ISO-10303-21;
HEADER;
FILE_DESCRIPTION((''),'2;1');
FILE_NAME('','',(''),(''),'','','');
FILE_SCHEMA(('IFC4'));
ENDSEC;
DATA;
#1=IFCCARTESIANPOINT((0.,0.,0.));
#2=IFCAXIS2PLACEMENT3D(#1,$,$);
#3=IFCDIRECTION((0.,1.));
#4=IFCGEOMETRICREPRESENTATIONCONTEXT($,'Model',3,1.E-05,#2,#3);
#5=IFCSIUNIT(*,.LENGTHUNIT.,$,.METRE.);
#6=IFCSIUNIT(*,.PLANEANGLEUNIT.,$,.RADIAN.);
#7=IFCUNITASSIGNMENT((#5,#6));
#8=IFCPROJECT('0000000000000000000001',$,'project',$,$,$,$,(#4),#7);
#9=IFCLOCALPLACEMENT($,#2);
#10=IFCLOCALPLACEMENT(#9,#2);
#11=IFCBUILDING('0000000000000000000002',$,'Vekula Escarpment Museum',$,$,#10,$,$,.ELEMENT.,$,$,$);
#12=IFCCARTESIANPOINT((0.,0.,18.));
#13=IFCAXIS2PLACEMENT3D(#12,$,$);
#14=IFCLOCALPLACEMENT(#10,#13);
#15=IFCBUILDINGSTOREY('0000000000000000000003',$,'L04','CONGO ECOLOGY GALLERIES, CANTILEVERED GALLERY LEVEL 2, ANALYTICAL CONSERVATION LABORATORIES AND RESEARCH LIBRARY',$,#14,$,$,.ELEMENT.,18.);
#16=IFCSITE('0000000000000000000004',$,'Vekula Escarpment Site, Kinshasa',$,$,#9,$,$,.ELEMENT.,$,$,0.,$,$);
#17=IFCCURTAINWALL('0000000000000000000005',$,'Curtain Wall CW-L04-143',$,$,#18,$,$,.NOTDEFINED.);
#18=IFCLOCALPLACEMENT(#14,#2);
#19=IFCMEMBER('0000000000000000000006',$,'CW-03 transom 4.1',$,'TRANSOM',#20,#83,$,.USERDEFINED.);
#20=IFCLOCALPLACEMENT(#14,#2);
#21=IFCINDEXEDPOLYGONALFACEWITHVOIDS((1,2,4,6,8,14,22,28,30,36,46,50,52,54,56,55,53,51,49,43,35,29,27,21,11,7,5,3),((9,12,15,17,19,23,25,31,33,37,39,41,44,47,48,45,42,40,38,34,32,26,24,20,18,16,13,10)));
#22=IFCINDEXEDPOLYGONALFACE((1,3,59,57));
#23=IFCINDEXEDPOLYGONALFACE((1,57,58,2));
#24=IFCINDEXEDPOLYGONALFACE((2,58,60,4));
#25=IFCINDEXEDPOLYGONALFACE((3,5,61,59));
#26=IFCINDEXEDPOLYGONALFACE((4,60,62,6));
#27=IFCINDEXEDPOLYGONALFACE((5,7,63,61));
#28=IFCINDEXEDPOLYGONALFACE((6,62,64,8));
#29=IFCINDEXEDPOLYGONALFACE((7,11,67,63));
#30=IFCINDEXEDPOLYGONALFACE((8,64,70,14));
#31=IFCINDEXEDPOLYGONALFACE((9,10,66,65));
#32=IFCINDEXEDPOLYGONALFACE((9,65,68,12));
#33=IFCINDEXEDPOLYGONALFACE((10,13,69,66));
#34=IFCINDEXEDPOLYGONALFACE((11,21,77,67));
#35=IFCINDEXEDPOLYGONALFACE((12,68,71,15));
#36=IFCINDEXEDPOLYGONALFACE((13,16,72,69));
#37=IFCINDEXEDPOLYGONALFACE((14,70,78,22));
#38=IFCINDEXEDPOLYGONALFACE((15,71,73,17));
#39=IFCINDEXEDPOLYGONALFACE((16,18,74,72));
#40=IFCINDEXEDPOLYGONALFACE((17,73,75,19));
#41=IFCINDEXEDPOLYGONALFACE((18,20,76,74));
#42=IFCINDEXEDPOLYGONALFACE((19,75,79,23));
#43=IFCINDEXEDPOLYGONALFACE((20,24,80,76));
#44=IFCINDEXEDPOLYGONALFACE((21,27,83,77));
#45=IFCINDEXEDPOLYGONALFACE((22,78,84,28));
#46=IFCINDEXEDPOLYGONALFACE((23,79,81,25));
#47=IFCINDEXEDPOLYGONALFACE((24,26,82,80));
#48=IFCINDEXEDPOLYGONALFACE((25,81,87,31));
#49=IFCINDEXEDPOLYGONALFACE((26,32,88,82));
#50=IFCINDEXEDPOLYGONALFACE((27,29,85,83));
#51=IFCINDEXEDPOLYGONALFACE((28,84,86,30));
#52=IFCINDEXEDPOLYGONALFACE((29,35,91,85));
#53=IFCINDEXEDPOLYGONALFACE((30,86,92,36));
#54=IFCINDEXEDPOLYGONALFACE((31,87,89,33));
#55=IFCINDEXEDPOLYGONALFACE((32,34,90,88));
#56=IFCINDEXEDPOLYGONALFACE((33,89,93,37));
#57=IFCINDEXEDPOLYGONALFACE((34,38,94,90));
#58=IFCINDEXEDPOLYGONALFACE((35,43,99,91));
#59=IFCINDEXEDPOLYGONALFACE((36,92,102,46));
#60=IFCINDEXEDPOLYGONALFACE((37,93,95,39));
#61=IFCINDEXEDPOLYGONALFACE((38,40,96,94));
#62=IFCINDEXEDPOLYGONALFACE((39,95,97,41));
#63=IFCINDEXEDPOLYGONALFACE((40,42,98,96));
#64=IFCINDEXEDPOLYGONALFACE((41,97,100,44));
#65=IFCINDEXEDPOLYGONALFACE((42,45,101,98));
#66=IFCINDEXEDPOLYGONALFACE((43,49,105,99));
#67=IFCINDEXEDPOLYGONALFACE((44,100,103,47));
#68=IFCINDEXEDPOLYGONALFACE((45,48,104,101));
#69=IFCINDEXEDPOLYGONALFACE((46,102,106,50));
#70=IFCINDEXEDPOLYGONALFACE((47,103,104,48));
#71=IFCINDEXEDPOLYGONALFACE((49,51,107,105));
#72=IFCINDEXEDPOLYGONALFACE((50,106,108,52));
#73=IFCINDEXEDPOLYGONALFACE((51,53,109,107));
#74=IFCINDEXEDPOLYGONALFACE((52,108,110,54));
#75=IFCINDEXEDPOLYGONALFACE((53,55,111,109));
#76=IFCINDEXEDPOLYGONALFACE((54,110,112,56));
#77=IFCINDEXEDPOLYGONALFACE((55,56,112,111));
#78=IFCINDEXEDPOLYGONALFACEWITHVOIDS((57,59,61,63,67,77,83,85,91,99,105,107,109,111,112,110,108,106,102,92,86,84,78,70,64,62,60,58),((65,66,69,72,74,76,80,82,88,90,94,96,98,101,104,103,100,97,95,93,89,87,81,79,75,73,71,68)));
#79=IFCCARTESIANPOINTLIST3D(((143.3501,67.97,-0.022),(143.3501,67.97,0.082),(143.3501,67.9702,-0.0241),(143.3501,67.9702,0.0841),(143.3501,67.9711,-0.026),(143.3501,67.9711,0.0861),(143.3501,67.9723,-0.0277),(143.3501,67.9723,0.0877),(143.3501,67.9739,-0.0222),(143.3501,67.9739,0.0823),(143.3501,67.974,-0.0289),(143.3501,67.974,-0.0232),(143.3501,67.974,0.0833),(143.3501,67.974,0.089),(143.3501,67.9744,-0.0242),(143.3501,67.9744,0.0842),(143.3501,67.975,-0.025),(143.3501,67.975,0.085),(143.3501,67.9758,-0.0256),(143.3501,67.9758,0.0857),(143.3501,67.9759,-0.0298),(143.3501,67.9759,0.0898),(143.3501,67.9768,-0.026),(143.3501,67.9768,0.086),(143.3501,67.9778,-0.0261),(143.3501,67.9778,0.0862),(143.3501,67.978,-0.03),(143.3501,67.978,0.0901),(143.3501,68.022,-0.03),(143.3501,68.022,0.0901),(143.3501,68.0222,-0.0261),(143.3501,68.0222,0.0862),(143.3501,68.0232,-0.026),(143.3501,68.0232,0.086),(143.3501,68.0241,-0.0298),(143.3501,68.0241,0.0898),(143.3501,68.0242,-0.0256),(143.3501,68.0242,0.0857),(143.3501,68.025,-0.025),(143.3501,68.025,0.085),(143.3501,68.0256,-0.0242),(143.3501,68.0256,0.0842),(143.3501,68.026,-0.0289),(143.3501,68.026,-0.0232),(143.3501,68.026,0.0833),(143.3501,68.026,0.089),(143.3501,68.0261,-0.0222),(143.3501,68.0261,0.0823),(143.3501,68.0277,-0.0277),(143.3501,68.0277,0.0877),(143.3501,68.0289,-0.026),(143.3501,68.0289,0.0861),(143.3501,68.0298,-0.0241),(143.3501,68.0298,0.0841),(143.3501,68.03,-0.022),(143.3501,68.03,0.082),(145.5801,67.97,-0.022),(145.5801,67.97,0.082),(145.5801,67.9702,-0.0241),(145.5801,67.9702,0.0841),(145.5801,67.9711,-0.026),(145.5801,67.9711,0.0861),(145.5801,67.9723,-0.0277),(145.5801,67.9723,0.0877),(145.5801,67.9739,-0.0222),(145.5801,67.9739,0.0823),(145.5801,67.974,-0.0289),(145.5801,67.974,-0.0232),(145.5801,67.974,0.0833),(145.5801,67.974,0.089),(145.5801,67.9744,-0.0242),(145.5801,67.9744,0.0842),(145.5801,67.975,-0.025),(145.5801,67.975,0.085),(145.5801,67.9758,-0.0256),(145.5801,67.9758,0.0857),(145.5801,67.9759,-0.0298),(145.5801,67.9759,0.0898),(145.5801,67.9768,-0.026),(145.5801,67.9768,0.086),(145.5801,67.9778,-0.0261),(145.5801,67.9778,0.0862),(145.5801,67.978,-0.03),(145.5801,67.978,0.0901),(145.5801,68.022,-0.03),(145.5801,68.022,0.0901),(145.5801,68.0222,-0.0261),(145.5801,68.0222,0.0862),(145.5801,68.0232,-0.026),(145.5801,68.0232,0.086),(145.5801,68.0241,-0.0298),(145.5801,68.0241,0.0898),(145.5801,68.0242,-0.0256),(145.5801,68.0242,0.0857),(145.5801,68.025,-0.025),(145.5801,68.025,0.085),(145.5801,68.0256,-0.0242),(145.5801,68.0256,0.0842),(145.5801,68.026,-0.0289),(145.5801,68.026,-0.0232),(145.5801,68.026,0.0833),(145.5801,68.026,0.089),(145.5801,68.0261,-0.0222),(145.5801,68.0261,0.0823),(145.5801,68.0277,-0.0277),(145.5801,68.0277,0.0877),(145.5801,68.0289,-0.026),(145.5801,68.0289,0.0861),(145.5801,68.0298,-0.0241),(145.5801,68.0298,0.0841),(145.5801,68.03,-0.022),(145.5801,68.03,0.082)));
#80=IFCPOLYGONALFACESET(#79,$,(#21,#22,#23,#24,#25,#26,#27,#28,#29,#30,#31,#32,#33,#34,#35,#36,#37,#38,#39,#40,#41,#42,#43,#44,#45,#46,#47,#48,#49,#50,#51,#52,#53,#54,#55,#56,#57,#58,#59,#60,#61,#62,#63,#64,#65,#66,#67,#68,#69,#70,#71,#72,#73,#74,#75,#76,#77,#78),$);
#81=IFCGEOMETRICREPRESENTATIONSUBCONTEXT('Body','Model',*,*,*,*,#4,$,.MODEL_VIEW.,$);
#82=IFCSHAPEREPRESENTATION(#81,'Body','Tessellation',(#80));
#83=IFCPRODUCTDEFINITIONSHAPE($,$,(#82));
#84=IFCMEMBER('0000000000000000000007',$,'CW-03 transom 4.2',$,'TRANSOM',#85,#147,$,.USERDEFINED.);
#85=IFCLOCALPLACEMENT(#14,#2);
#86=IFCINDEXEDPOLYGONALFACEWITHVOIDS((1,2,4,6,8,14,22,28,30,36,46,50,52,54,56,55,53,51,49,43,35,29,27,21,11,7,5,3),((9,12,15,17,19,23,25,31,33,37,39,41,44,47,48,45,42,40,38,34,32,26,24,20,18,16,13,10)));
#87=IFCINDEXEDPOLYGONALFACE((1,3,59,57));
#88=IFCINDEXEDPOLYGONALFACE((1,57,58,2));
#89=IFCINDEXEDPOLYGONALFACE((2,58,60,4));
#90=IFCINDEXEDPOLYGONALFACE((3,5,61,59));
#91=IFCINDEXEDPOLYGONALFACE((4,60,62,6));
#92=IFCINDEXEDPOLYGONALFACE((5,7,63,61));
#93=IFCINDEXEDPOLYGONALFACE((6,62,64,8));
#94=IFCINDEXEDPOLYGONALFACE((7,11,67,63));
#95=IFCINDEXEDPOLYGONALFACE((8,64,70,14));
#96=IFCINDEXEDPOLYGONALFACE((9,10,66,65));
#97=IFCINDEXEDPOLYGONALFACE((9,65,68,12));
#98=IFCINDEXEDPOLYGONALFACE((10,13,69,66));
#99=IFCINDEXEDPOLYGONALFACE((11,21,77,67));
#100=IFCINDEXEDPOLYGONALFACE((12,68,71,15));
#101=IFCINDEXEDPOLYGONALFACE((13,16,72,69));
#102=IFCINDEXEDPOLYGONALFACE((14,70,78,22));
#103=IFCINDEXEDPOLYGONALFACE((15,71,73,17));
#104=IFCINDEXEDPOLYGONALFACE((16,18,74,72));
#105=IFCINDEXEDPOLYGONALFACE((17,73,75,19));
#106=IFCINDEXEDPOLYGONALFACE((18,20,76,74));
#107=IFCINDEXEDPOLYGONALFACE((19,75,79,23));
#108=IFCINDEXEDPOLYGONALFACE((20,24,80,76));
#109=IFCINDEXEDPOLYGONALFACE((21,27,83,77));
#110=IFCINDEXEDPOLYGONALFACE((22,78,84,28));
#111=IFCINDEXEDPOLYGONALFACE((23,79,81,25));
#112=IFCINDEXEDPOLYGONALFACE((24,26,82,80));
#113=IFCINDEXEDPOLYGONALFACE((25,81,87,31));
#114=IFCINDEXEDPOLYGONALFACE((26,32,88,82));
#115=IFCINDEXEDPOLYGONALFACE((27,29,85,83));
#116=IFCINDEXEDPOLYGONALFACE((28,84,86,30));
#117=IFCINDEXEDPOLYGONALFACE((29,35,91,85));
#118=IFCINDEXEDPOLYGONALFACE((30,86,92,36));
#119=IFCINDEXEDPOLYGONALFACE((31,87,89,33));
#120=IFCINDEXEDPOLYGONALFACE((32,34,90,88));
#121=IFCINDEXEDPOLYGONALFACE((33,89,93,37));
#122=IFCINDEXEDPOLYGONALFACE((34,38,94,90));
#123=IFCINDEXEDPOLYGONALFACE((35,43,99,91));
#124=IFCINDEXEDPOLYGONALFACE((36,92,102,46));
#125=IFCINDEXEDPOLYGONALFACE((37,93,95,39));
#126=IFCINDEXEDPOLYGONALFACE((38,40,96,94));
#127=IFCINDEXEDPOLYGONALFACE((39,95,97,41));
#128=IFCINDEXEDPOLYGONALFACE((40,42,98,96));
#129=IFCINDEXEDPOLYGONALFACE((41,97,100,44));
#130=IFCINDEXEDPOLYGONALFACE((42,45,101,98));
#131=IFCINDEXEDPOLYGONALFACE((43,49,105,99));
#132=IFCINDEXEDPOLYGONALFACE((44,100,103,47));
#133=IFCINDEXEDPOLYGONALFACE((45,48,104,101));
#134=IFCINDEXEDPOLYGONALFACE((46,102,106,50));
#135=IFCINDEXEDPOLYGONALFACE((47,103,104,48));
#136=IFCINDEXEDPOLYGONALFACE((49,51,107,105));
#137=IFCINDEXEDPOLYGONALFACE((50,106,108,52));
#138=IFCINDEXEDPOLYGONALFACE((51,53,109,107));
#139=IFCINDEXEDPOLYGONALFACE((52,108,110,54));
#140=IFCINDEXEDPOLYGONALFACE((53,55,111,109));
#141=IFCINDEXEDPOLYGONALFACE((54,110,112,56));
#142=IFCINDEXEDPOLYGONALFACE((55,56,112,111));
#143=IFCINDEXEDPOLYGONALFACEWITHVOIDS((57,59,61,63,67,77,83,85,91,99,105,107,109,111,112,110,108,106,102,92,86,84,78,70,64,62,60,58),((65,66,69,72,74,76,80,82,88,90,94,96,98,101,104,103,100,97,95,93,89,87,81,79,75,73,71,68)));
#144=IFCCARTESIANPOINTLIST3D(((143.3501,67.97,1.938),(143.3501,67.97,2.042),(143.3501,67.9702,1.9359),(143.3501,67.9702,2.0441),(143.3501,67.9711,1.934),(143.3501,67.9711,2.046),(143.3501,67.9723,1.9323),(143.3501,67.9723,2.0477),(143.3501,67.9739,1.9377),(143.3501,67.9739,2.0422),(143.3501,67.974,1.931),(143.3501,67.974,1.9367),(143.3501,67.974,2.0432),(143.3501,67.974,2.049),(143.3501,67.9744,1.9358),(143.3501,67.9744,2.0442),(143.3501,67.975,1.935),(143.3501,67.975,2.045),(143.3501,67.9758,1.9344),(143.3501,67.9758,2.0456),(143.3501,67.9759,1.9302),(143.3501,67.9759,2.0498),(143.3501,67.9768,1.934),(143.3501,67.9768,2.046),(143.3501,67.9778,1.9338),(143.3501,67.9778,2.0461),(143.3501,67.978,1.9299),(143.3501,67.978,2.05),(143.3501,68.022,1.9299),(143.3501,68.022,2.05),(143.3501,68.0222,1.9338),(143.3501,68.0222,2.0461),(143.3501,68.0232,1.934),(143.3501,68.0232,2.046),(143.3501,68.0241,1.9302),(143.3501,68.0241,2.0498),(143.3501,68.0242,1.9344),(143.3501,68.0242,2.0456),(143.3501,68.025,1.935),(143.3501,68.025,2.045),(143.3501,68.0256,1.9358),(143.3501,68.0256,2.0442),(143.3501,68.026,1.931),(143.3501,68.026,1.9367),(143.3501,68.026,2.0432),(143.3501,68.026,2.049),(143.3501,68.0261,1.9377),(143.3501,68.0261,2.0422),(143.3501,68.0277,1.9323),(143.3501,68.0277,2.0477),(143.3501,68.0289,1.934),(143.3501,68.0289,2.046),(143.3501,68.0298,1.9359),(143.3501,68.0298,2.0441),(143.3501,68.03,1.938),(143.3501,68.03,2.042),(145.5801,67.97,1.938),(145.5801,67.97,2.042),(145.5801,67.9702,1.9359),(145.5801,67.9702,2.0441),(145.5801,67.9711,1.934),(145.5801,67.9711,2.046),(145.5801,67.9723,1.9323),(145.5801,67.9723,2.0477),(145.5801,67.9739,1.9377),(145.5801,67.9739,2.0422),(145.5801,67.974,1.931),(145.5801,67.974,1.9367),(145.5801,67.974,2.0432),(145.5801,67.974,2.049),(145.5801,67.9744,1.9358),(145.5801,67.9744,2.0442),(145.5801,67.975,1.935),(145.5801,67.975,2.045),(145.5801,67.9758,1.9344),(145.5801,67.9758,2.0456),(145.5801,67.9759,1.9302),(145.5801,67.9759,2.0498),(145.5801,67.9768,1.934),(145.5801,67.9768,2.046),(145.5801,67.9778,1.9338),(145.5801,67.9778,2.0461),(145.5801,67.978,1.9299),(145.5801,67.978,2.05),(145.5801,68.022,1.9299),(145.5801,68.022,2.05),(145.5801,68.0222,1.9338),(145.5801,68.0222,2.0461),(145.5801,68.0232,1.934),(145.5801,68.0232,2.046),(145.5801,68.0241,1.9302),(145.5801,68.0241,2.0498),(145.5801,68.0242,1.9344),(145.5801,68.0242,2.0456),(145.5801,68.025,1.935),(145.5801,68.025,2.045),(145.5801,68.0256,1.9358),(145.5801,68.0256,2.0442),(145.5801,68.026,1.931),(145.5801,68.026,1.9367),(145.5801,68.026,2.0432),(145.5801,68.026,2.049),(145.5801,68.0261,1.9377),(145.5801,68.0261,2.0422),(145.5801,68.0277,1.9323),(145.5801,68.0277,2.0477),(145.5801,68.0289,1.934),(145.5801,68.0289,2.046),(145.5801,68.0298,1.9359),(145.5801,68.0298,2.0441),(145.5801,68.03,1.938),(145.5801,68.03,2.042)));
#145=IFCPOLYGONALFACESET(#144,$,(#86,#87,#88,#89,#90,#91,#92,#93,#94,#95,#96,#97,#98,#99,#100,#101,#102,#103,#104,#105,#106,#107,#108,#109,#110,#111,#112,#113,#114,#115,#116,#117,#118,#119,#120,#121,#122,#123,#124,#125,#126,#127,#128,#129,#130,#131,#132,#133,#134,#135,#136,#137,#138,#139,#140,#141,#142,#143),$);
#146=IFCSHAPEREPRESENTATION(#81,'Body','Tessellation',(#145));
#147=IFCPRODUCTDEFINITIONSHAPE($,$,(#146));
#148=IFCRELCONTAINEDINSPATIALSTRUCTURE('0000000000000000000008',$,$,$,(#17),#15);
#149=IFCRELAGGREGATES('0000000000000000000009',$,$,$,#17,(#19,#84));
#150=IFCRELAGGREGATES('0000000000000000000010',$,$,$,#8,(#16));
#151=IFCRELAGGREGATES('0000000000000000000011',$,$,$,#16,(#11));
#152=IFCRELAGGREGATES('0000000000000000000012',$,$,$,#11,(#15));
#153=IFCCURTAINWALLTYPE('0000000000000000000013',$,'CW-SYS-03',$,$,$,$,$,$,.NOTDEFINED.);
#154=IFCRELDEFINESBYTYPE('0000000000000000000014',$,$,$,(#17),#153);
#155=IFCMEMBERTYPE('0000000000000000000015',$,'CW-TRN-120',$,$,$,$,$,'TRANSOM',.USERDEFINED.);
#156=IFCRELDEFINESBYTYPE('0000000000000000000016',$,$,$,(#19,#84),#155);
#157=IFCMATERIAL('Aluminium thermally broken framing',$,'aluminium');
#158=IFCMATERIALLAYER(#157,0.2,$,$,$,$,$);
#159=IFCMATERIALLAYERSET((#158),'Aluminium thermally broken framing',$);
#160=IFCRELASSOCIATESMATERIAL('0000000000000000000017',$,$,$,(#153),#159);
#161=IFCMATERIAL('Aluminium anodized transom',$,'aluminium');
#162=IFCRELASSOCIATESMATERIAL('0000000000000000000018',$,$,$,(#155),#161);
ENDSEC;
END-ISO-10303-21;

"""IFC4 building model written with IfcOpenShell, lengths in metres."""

from ifc_helpers import new_model, si_unit, direction, frame, origin, origin_2d, place, context, subcontext, project, spatial, hollow_rectangle, extrude, material, layer, layer_set, material_profile, profile_set, type_object, element, aggregate, save


model = new_model("IFC4")

# Units and contexts
model_context = context("Model", 3, precision=1e-05, world=origin(), true_north=direction((0.0, 1.0)))
body_context = subcontext(model_context, "Body", "Model", "MODEL_VIEW")
ifc_project = project(units=[si_unit("LENGTHUNIT", "METRE"), si_unit("PLANEANGLEUNIT", "RADIAN")], contexts=[model_context])

# Site, building, storey
site_placement = place(None, origin())
site = spatial("IfcSite", under=ifc_project, at=site_placement, Name="Vekula Escarpment Site, Kinshasa", CompositionType="ELEMENT", RefElevation=0.0)
building_placement = place(site_placement, origin())
building = spatial("IfcBuilding", under=site, at=building_placement, Name="Vekula Escarpment Museum", CompositionType="ELEMENT")
storey_placement = place(building_placement, frame((0.0, 0.0, 18.0)))
storey = spatial("IfcBuildingStorey", under=building, at=storey_placement, Name="L04", Description="CONGO ECOLOGY GALLERIES, CANTILEVERED GALLERY LEVEL 2, ANALYTICAL CONSERVATION LABORATORIES AND RESEARCH LIBRARY", CompositionType="ELEMENT", Elevation=18.0)

# Curtain wall, members
ifc_material_1 = material(Name="Aluminium thermally broken framing", Category="aluminium")
ifc_layer_1 = layer(ifc_material_1, 0.2)
ifc_layer_set_1 = layer_set([ifc_layer_1], Name="Aluminium thermally broken framing")
curtain_wall_type = type_object("IfcCurtainWallType", Name="CW-SYS-03", PredefinedType="NOTDEFINED", material=ifc_layer_set_1)
curtain_wall_placement = place(storey_placement, origin())
curtain_wall = element("IfcCurtainWall", 1, at=curtain_wall_placement, inside=storey, type_object=curtain_wall_type, Name="Curtain Wall CW-L04-143", PredefinedType="NOTDEFINED")
ifc_material_2 = material(Name="Aluminium anodized transom", Category="aluminium")
ifc_material_profile_1 = material_profile(ifc_material_2, hollow_rectangle(XDim=0.0601, YDim=0.1201, WallThickness=0.0039, InnerFilletRadius=0.0039, OuterFilletRadius=0.0081, at=origin_2d()), Name="ALU 120x60x4")
ifc_profile_set_1 = profile_set([ifc_material_profile_1], Name="Aluminium anodized transom")
member_type_1 = type_object("IfcMemberType", Name="CW-TRN-120", ElementType="TRANSOM", PredefinedType="USERDEFINED", material=ifc_profile_set_1)
member_1_placement = place(storey_placement, frame((143.3501, 68.0, 0.03), z_axis=(1.0, 0.0, 0.0), x_axis=(0.0, 1.0, 0.0)))
member_1 = element("IfcMember", 2, at=member_1_placement, type_object=member_type_1, Name="CW-03 transom 4.1", ObjectType="TRANSOM", PredefinedType="USERDEFINED", context=body_context, shape_type="SweptSolid", body=[
    extrude(hollow_rectangle(XDim=0.0601, YDim=0.1201, WallThickness=0.0039, InnerFilletRadius=0.0039, OuterFilletRadius=0.0081, at=origin_2d()), origin(), (0.0, 0.0, 1.0), 2.23),
])
member_2_placement = place(storey_placement, frame((143.3501, 68.0, 1.99), z_axis=(1.0, 0.0, 0.0), x_axis=(0.0, 1.0, 0.0)))
member_2 = element("IfcMember", 3, at=member_2_placement, type_object=member_type_1, Name="CW-03 transom 4.2", ObjectType="TRANSOM", PredefinedType="USERDEFINED", context=body_context, shape_type="SweptSolid", body=[
    extrude(hollow_rectangle(XDim=0.0601, YDim=0.1201, WallThickness=0.0039, InnerFilletRadius=0.0039, OuterFilletRadius=0.0081, at=origin_2d()), origin(), (0.0, 0.0, 1.0), 2.23),
])

aggregate(curtain_wall, [member_1, member_2])

save(model, "model.ifc")
